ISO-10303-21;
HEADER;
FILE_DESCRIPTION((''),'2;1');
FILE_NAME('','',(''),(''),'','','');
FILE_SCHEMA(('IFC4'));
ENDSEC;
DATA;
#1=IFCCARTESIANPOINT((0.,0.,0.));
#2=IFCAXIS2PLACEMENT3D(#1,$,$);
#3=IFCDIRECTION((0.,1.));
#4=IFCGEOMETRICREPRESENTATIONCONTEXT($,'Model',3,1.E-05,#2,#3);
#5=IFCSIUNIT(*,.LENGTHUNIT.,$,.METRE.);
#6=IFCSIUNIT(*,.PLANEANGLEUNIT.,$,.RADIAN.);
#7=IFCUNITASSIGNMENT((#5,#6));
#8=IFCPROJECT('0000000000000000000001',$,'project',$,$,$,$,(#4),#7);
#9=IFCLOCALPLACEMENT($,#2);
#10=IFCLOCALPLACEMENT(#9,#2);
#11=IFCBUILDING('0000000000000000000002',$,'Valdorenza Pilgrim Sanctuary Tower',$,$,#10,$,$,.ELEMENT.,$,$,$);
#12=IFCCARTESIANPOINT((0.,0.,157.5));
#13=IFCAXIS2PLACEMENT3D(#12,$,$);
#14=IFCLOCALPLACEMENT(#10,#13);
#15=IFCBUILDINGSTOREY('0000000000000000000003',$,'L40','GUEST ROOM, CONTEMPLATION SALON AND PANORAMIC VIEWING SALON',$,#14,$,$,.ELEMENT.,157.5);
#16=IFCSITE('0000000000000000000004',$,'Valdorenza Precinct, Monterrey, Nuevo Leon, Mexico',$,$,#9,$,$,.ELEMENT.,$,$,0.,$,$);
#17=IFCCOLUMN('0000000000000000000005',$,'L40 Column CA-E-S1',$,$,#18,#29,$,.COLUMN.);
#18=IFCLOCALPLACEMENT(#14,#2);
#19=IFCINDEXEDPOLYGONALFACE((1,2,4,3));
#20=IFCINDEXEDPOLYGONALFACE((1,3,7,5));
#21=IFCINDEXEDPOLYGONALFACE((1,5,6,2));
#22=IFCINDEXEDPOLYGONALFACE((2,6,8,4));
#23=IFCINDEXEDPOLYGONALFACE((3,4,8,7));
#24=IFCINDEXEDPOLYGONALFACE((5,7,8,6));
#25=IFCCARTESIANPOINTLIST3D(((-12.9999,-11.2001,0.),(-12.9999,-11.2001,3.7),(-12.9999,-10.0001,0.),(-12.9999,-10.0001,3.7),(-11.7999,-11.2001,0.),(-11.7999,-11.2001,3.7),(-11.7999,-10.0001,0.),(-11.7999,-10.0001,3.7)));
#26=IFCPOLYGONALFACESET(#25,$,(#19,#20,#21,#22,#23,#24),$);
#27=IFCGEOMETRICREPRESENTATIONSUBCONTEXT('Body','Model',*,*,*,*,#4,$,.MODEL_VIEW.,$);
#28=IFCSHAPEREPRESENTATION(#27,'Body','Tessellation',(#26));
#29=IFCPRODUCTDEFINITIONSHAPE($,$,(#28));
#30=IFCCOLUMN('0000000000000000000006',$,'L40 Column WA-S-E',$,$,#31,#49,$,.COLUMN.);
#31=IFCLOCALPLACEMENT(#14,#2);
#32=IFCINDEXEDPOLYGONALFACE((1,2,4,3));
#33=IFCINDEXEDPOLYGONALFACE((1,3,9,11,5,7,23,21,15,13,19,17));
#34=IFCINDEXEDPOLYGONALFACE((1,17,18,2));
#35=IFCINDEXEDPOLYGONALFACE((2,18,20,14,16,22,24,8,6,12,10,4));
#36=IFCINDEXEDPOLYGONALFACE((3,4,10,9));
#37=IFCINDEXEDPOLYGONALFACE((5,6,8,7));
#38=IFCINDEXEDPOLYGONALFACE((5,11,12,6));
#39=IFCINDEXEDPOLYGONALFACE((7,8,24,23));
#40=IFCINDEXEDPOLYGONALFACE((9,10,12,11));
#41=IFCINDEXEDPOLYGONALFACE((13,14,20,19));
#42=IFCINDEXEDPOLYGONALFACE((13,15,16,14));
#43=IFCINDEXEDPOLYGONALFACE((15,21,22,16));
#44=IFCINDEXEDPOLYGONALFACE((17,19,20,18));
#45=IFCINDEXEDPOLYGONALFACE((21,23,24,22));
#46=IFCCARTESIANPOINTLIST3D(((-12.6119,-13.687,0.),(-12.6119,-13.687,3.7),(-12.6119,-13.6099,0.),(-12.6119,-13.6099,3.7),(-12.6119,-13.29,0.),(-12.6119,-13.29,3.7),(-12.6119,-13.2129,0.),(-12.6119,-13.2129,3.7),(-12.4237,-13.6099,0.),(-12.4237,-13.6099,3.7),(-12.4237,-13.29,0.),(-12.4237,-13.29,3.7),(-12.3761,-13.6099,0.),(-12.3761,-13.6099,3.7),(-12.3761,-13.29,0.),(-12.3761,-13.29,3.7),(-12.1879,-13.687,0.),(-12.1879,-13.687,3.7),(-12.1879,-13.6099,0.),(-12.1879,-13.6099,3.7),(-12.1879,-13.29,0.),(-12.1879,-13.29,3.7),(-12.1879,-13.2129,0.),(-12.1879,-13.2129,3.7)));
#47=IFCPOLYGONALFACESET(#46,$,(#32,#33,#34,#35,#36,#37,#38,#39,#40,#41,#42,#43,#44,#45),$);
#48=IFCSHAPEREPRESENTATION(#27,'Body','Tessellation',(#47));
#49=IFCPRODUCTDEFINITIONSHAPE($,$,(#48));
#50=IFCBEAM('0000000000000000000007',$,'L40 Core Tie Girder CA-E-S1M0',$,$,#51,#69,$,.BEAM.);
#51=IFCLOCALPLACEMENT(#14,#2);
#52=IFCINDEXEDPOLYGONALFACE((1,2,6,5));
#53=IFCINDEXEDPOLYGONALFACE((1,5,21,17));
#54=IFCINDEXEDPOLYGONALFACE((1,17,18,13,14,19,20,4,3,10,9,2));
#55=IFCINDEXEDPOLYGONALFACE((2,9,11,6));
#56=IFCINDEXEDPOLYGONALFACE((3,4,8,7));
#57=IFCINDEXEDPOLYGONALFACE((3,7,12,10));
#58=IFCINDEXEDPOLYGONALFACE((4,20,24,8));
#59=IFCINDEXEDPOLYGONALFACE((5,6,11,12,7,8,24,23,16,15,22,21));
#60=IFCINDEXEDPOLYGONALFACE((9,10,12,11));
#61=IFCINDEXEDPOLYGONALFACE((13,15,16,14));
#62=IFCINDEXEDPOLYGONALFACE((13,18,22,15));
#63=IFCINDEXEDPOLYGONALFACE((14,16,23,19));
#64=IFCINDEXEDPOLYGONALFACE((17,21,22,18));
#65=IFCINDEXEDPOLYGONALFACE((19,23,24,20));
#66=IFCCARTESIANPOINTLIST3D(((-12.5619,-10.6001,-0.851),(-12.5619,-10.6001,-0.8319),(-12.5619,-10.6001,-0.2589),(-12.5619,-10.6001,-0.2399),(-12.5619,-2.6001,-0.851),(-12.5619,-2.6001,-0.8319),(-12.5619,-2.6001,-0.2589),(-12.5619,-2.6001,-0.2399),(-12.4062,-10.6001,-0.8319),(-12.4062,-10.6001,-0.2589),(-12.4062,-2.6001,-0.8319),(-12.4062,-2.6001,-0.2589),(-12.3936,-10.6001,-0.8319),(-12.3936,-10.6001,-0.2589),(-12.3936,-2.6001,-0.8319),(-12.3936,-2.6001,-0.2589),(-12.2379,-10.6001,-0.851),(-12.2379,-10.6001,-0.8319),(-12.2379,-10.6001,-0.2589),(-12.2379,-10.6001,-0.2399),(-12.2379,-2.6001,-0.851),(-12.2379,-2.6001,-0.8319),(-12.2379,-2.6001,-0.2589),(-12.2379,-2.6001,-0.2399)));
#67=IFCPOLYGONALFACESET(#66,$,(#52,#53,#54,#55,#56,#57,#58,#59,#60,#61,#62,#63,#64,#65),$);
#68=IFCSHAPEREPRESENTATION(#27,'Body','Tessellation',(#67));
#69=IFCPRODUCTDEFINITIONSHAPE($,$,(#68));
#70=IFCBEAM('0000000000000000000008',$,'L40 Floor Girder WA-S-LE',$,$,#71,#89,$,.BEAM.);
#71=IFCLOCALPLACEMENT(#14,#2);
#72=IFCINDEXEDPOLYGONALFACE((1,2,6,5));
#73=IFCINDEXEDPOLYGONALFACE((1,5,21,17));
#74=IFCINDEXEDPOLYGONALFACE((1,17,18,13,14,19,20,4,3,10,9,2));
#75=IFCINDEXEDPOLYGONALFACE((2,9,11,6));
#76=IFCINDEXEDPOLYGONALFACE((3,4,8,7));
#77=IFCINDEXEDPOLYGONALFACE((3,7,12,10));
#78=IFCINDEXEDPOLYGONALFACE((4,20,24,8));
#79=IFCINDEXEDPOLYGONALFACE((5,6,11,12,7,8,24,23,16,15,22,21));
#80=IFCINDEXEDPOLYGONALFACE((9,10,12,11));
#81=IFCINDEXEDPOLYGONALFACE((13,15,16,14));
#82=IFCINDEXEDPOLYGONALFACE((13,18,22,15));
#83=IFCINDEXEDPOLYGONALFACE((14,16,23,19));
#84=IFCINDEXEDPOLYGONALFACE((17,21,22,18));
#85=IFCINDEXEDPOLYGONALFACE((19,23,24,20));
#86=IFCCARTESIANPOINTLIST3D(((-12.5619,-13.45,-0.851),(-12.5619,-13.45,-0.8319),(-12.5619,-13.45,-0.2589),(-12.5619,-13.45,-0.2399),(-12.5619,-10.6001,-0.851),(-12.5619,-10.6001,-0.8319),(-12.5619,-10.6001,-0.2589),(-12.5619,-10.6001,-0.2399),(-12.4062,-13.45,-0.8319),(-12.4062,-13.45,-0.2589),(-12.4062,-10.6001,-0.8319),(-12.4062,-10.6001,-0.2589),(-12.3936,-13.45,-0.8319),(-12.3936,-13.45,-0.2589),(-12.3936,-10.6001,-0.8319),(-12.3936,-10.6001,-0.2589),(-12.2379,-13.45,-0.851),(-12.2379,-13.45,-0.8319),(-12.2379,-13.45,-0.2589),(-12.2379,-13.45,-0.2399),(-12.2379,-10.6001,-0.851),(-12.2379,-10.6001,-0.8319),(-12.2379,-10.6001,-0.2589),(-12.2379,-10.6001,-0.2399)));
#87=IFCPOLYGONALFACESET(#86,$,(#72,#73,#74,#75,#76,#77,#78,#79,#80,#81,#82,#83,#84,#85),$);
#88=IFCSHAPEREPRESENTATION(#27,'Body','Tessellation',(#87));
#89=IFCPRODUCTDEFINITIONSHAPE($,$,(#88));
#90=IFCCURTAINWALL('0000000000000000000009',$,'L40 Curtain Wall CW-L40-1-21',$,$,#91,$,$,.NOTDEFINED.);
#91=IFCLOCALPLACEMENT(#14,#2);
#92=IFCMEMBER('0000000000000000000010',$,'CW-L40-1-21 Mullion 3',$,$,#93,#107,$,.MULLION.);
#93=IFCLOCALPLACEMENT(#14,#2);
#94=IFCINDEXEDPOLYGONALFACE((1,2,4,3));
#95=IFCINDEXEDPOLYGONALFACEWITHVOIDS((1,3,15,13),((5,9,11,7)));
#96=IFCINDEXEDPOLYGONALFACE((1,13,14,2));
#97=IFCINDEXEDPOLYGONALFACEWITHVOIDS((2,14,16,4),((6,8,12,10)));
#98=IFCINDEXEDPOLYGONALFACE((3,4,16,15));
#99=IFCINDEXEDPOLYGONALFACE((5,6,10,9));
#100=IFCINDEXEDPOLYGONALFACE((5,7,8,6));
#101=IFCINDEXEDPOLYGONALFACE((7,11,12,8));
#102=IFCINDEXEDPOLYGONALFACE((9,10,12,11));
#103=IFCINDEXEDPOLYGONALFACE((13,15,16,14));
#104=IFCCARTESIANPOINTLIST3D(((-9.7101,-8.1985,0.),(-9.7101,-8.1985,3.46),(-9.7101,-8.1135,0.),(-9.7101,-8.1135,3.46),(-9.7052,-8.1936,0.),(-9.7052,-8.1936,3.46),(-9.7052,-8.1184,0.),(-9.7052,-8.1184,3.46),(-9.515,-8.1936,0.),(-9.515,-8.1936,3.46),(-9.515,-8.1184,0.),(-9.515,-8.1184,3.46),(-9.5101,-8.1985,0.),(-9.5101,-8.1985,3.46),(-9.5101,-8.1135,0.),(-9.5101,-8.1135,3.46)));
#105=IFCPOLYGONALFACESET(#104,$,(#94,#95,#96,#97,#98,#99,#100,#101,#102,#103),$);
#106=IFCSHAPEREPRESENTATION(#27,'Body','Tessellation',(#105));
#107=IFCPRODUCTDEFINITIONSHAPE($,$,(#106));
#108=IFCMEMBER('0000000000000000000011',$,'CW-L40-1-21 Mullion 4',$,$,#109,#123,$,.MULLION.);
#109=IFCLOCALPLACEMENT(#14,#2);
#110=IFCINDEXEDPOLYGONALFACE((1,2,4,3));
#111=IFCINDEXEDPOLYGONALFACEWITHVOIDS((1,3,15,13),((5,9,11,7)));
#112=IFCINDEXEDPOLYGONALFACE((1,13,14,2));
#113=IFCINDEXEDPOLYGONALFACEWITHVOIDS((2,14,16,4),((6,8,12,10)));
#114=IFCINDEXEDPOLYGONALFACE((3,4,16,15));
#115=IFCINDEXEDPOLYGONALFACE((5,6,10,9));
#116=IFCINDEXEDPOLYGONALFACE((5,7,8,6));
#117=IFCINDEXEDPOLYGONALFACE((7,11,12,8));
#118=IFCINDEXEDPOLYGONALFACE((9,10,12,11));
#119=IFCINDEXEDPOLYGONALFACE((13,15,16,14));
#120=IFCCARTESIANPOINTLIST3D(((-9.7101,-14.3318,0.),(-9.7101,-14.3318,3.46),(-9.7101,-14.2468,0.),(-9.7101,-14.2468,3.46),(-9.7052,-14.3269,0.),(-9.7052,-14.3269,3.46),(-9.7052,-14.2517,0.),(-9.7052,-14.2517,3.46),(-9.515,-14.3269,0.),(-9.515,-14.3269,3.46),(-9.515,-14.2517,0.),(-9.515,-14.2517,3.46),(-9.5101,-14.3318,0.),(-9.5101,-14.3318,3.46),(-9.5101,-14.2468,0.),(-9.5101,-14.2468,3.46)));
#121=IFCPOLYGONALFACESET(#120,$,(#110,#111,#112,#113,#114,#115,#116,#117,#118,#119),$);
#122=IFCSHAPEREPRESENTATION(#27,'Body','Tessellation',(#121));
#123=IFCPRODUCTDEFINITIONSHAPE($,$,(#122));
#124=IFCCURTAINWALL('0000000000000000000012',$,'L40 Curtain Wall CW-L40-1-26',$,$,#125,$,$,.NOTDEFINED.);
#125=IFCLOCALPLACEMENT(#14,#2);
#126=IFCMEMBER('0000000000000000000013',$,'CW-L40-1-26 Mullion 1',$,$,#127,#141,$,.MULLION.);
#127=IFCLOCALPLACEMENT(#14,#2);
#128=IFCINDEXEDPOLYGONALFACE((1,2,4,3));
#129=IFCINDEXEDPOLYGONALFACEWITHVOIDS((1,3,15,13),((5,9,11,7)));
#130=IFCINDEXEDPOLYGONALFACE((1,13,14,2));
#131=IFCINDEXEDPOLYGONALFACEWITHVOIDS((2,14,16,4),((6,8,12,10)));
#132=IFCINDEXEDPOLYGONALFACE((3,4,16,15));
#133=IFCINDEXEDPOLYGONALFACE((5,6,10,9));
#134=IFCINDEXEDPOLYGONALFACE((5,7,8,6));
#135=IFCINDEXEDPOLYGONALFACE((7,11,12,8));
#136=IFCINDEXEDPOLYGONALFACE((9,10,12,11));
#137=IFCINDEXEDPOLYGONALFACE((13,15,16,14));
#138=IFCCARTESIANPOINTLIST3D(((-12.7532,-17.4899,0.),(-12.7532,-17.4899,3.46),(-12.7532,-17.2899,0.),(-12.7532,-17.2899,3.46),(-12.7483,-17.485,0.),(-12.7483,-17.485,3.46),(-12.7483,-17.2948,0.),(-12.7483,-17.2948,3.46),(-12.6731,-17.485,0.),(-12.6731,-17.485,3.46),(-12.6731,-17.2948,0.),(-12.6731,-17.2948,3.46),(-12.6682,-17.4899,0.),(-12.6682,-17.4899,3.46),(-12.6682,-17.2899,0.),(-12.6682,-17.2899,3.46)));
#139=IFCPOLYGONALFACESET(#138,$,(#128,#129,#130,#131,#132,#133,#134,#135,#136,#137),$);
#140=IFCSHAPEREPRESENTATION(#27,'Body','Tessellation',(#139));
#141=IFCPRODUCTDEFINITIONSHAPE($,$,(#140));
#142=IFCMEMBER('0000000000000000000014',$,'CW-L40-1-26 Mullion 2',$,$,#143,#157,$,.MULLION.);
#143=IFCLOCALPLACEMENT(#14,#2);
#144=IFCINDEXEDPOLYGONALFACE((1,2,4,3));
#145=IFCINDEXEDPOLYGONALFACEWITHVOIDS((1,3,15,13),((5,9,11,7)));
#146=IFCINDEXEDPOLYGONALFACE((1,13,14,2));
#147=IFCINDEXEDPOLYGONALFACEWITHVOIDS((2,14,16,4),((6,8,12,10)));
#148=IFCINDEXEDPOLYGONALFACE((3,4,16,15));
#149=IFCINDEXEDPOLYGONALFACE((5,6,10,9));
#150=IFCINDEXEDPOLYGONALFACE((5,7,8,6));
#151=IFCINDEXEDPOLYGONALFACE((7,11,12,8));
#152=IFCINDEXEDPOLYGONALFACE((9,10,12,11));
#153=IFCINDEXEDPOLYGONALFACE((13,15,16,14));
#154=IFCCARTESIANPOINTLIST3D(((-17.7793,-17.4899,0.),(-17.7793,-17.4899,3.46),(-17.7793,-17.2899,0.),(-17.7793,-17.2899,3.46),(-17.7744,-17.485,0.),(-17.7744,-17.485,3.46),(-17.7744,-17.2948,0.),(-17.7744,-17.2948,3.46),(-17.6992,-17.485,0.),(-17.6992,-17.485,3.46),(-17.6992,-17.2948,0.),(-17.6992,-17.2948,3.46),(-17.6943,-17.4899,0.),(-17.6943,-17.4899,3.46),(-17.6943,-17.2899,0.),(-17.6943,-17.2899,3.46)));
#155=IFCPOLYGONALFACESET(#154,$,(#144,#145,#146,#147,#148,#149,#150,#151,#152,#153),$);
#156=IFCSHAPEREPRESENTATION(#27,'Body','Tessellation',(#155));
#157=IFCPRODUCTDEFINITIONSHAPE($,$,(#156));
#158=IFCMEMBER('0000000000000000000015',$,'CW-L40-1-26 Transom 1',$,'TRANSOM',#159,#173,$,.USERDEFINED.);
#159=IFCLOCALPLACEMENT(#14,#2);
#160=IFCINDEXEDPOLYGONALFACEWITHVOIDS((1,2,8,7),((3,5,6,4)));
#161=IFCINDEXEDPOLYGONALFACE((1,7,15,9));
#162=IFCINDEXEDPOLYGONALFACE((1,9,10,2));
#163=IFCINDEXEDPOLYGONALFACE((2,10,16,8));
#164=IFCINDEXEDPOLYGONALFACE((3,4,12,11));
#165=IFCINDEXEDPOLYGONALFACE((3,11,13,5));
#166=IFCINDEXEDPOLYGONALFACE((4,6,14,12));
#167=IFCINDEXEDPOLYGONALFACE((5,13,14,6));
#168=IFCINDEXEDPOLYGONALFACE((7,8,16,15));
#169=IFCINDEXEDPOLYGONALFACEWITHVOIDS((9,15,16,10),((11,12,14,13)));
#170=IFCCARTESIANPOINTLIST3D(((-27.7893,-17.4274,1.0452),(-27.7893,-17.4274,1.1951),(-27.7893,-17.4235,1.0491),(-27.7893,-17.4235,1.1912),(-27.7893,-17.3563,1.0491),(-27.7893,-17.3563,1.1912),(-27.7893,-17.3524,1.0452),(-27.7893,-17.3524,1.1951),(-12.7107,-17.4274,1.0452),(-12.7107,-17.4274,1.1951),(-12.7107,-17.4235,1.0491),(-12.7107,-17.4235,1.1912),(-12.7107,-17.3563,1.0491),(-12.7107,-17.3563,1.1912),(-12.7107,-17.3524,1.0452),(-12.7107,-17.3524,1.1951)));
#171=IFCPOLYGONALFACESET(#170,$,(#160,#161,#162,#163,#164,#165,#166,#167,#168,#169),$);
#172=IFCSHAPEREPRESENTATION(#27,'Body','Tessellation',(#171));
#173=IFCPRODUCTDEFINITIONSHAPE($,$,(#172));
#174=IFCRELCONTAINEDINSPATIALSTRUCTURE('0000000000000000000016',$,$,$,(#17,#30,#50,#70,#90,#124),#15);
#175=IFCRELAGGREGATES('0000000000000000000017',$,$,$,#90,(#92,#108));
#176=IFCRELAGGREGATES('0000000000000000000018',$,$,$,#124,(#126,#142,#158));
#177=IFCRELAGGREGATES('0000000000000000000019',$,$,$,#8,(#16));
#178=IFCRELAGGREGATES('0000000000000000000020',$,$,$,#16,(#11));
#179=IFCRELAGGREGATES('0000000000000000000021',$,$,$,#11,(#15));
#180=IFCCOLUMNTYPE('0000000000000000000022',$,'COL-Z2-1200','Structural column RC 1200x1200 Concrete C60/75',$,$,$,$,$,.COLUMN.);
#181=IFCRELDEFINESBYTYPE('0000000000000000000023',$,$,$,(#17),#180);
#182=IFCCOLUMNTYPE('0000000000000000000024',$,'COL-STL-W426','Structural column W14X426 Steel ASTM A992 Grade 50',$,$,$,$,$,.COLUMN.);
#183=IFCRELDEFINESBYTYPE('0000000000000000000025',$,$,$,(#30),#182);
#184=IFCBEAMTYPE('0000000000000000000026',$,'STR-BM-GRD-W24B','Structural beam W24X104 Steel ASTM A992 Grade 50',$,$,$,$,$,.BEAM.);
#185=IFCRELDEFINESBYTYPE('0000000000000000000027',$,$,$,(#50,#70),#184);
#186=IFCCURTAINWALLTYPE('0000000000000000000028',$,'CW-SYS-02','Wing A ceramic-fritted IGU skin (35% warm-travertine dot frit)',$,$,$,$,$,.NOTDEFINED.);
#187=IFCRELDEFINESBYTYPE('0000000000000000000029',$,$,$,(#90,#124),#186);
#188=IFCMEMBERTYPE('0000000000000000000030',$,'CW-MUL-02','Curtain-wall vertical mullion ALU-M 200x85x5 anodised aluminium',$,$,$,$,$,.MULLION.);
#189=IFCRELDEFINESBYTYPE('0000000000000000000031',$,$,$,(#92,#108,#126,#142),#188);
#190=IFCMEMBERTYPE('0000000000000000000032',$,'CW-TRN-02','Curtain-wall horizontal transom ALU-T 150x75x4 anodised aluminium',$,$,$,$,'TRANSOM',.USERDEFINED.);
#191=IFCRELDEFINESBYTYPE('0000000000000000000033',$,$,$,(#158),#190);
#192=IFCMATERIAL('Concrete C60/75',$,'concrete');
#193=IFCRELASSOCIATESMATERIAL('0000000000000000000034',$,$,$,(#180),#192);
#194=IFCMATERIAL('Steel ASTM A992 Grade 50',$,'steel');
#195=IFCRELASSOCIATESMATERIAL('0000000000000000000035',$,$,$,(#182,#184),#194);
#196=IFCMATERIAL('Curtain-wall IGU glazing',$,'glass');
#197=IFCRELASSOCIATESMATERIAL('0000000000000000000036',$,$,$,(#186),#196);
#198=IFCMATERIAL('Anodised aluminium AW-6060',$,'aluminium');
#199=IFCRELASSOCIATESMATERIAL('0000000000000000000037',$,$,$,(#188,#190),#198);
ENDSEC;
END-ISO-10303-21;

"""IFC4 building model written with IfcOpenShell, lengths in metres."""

from ifc_helpers import new_model, si_unit, direction, frame, origin, origin_2d, place, context, subcontext, project, spatial, rectangle, hollow_rectangle, i_section, extrude, source, transform, mapped, material, material_profile, profile_set, type_object, element, aggregate, save


model = new_model("IFC4")

# Units and contexts
model_context = context("Model", 3, precision=1e-05, world=origin(), true_north=direction((0.0, 1.0)))
body_context = subcontext(model_context, "Body", "Model", "MODEL_VIEW")
ifc_project = project(units=[si_unit("LENGTHUNIT", "METRE"), si_unit("PLANEANGLEUNIT", "RADIAN")], contexts=[model_context])

# Site, building, storey
site_placement = place(None, origin())
site = spatial("IfcSite", under=ifc_project, at=site_placement, Name="Valdorenza Precinct, Monterrey, Nuevo Leon, Mexico", CompositionType="ELEMENT", RefElevation=0.0)
building_placement = place(site_placement, origin())
building = spatial("IfcBuilding", under=site, at=building_placement, Name="Valdorenza Pilgrim Sanctuary Tower", CompositionType="ELEMENT")
storey_placement = place(building_placement, frame((0.0, 0.0, 157.5)))
storey = spatial("IfcBuildingStorey", under=building, at=storey_placement, Name="L40", Description="GUEST ROOM, CONTEMPLATION SALON AND PANORAMIC VIEWING SALON", CompositionType="ELEMENT", Elevation=157.5)

# Columns
ifc_material_1 = material(Name="Concrete C60/75", Category="concrete")
ifc_material_profile_1 = material_profile(ifc_material_1, rectangle(XDim=1.2, YDim=1.2, at=origin_2d()), Name="RC 1200x1200")
ifc_profile_set_1 = profile_set([ifc_material_profile_1], Name="Concrete C60/75")
column_type_1 = type_object("IfcColumnType", Name="COL-Z2-1200", Description="Structural column RC 1200x1200 Concrete C60/75", PredefinedType="COLUMN", material=ifc_profile_set_1)
shared_shape_1 = source(origin(), body_context, "Body", "SweptSolid", [
    extrude(rectangle(XDim=1.2, YDim=1.2, at=origin_2d()), origin(), (0.0, 0.0, 1.0), 3.7),
])
column_1_placement = place(storey_placement, frame((-12.3999, -10.6001, 0.0), z_axis=(0.0, 0.0, 1.0), x_axis=(1.0, 0.0, 0.0)))
element("IfcColumn", 1, at=column_1_placement, inside=storey, type_object=column_type_1, Name="L40 Column CA-E-S1", PredefinedType="COLUMN", context=body_context, shape_type="MappedRepresentation", body=[
    mapped(shared_shape_1, transform((0.0, 0.0, 0.0), x_axis=(1.0, 0.0, 0.0), y_axis=(0.0, 1.0, 0.0), z_axis=(0.0, 0.0, 1.0), scale=1.0)),
])
ifc_material_2 = material(Name="Steel ASTM A992 Grade 50", Category="steel")
ifc_material_profile_2 = material_profile(ifc_material_2, i_section(OverallWidth=0.4241, OverallDepth=0.4741, WebThickness=0.0476, FlangeThickness=0.0771, at=origin_2d()), Name="W14X426")
ifc_profile_set_2 = profile_set([ifc_material_profile_2], Name="Steel ASTM A992 Grade 50")
column_type_2 = type_object("IfcColumnType", Name="COL-STL-W426", Description="Structural column W14X426 Steel ASTM A992 Grade 50", PredefinedType="COLUMN", material=ifc_profile_set_2)
shared_shape_2 = source(origin(), body_context, "Body", "SweptSolid", [
    extrude(i_section(OverallWidth=0.4241, OverallDepth=0.4741, WebThickness=0.0476, FlangeThickness=0.0771, at=origin_2d()), origin(), (0.0, 0.0, 1.0), 3.7),
])
column_2_placement = place(storey_placement, frame((-12.3999, -13.45, 0.0), z_axis=(0.0, 0.0, 1.0), x_axis=(1.0, 0.0, 0.0)))
element("IfcColumn", 2, at=column_2_placement, inside=storey, type_object=column_type_2, Name="L40 Column WA-S-E", PredefinedType="COLUMN", context=body_context, shape_type="MappedRepresentation", body=[
    mapped(shared_shape_2, transform((0.0, 0.0, 0.0), x_axis=(1.0, 0.0, 0.0), y_axis=(0.0, 1.0, 0.0), z_axis=(0.0, 0.0, 1.0), scale=1.0)),
])

# Beams
ifc_material_profile_3 = material_profile(ifc_material_2, i_section(OverallWidth=0.324, OverallDepth=0.6111, WebThickness=0.0127, FlangeThickness=0.019, at=origin_2d()), Name="W24X104")
ifc_profile_set_3 = profile_set([ifc_material_profile_3], Name="Steel ASTM A992 Grade 50")
beam_type = type_object("IfcBeamType", Name="STR-BM-GRD-W24B", Description="Structural beam W24X104 Steel ASTM A992 Grade 50", PredefinedType="BEAM", material=ifc_profile_set_3)
shared_shape_3 = source(origin(), body_context, "Body", "SweptSolid", [
    extrude(i_section(OverallWidth=0.324, OverallDepth=0.6111, WebThickness=0.0127, FlangeThickness=0.019, at=origin_2d()), origin(), (0.0, 0.0, 1.0), 8.0),
])
beam_1_placement = place(storey_placement, frame((-12.3999, -10.6001, -0.5454), z_axis=(0.0, 1.0, 0.0), x_axis=(-1.0, 0.0, 0.0)))
element("IfcBeam", 3, at=beam_1_placement, inside=storey, type_object=beam_type, Name="L40 Core Tie Girder CA-E-S1M0", PredefinedType="BEAM", context=body_context, shape_type="MappedRepresentation", body=[
    mapped(shared_shape_3, transform((0.0, 0.0, 0.0), x_axis=(1.0, 0.0, 0.0), y_axis=(0.0, 1.0, 0.0), z_axis=(0.0, 0.0, 1.0), scale=1.0)),
])
shared_shape_4 = source(origin(), body_context, "Body", "SweptSolid", [
    extrude(i_section(OverallWidth=0.324, OverallDepth=0.6111, WebThickness=0.0127, FlangeThickness=0.019, at=origin_2d()), origin(), (0.0, 0.0, 1.0), 2.8499),
])
beam_2_placement = place(storey_placement, frame((-12.3999, -13.45, -0.5454), z_axis=(0.0, 1.0, 0.0), x_axis=(-1.0, 0.0, 0.0)))
element("IfcBeam", 4, at=beam_2_placement, inside=storey, type_object=beam_type, Name="L40 Floor Girder WA-S-LE", PredefinedType="BEAM", context=body_context, shape_type="MappedRepresentation", body=[
    mapped(shared_shape_4, transform((0.0, 0.0, 0.0), x_axis=(1.0, 0.0, 0.0), y_axis=(0.0, 1.0, 0.0), z_axis=(0.0, 0.0, 1.0), scale=1.0)),
])

# Curtain wall, members
ifc_material_3 = material(Name="Curtain-wall IGU glazing", Category="glass")
curtain_wall_type = type_object("IfcCurtainWallType", Name="CW-SYS-02", Description="Wing A ceramic-fritted IGU skin (35% warm-travertine dot frit)", PredefinedType="NOTDEFINED", material=ifc_material_3)
curtain_wall_1_placement = place(storey_placement, origin())
curtain_wall_1 = element("IfcCurtainWall", 5, at=curtain_wall_1_placement, inside=storey, type_object=curtain_wall_type, Name="L40 Curtain Wall CW-L40-1-21", PredefinedType="NOTDEFINED")
ifc_material_4 = material(Name="Anodised aluminium AW-6060", Category="aluminium")
ifc_material_profile_4 = material_profile(ifc_material_4, hollow_rectangle(XDim=0.085, YDim=0.2, WallThickness=0.0049, at=origin_2d()), Name="ALU-M 200x85x5")
ifc_profile_set_4 = profile_set([ifc_material_profile_4], Name="Anodised aluminium AW-6060")
member_type_1 = type_object("IfcMemberType", Name="CW-MUL-02", Description="Curtain-wall vertical mullion ALU-M 200x85x5 anodised aluminium", PredefinedType="MULLION", material=ifc_profile_set_4)
shared_shape_5 = source(origin(), body_context, "Body", "SweptSolid", [
    extrude(hollow_rectangle(XDim=0.085, YDim=0.2, WallThickness=0.0049, at=origin_2d()), origin(), (0.0, 0.0, 1.0), 3.46),
])
member_1_placement = place(storey_placement, frame((-9.6101, -8.156, 0.0), z_axis=(0.0, 0.0, 1.0), x_axis=(0.0, -1.0, 0.0)))
member_1 = element("IfcMember", 6, at=member_1_placement, type_object=member_type_1, Name="CW-L40-1-21 Mullion 3", PredefinedType="MULLION", context=body_context, shape_type="MappedRepresentation", body=[
    mapped(shared_shape_5, transform((0.0, 0.0, 0.0), x_axis=(1.0, 0.0, 0.0), y_axis=(0.0, 1.0, 0.0), z_axis=(0.0, 0.0, 1.0), scale=1.0)),
])
member_2_placement = place(storey_placement, frame((-9.6101, -14.2893, 0.0), z_axis=(0.0, 0.0, 1.0), x_axis=(0.0, -1.0, 0.0)))
member_2 = element("IfcMember", 7, at=member_2_placement, type_object=member_type_1, Name="CW-L40-1-21 Mullion 4", PredefinedType="MULLION", context=body_context, shape_type="MappedRepresentation", body=[
    mapped(shared_shape_5, transform((0.0, 0.0, 0.0), x_axis=(1.0, 0.0, 0.0), y_axis=(0.0, 1.0, 0.0), z_axis=(0.0, 0.0, 1.0), scale=1.0)),
])
aggregate(curtain_wall_1, [member_1, member_2])

# Curtain wall, members
curtain_wall_2_placement = place(storey_placement, origin())
curtain_wall_2 = element("IfcCurtainWall", 8, at=curtain_wall_2_placement, inside=storey, type_object=curtain_wall_type, Name="L40 Curtain Wall CW-L40-1-26", PredefinedType="NOTDEFINED")
member_3_placement = place(storey_placement, frame((-12.7107, -17.3899, 0.0), z_axis=(0.0, 0.0, 1.0), x_axis=(-1.0, 0.0, 0.0)))
member_3 = element("IfcMember", 9, at=member_3_placement, type_object=member_type_1, Name="CW-L40-1-26 Mullion 1", PredefinedType="MULLION", context=body_context, shape_type="MappedRepresentation", body=[
    mapped(shared_shape_5, transform((0.0, 0.0, 0.0), x_axis=(1.0, 0.0, 0.0), y_axis=(0.0, 1.0, 0.0), z_axis=(0.0, 0.0, 1.0), scale=1.0)),
])
member_4_placement = place(storey_placement, frame((-17.7368, -17.3899, 0.0), z_axis=(0.0, 0.0, 1.0), x_axis=(-1.0, 0.0, 0.0)))
member_4 = element("IfcMember", 10, at=member_4_placement, type_object=member_type_1, Name="CW-L40-1-26 Mullion 2", PredefinedType="MULLION", context=body_context, shape_type="MappedRepresentation", body=[
    mapped(shared_shape_5, transform((0.0, 0.0, 0.0), x_axis=(1.0, 0.0, 0.0), y_axis=(0.0, 1.0, 0.0), z_axis=(0.0, 0.0, 1.0), scale=1.0)),
])
ifc_material_profile_5 = material_profile(ifc_material_4, hollow_rectangle(XDim=0.075, YDim=0.1499, WallThickness=0.0039, at=origin_2d()), Name="ALU-T 150x75x4")
ifc_profile_set_5 = profile_set([ifc_material_profile_5], Name="Anodised aluminium AW-6060")
member_type_2 = type_object("IfcMemberType", Name="CW-TRN-02", Description="Curtain-wall horizontal transom ALU-T 150x75x4 anodised aluminium", ElementType="TRANSOM", PredefinedType="USERDEFINED", material=ifc_profile_set_5)
shared_shape_6 = source(origin(), body_context, "Body", "SweptSolid", [
    extrude(hollow_rectangle(XDim=0.075, YDim=0.1499, WallThickness=0.0039, at=origin_2d()), origin(), (0.0, 0.0, 1.0), 15.0786),
])
member_5_placement = place(storey_placement, frame((-12.7107, -17.3899, 1.1201), z_axis=(-1.0, 0.0, 0.0), x_axis=(0.0, -1.0, 0.0)))
member_5 = element("IfcMember", 11, at=member_5_placement, type_object=member_type_2, Name="CW-L40-1-26 Transom 1", ObjectType="TRANSOM", PredefinedType="USERDEFINED", context=body_context, shape_type="MappedRepresentation", body=[
    mapped(shared_shape_6, transform((0.0, 0.0, 0.0), x_axis=(1.0, 0.0, 0.0), y_axis=(0.0, 1.0, 0.0), z_axis=(0.0, 0.0, 1.0), scale=1.0)),
])
aggregate(curtain_wall_2, [member_3, member_4, member_5])

save(model, "model.ifc")
